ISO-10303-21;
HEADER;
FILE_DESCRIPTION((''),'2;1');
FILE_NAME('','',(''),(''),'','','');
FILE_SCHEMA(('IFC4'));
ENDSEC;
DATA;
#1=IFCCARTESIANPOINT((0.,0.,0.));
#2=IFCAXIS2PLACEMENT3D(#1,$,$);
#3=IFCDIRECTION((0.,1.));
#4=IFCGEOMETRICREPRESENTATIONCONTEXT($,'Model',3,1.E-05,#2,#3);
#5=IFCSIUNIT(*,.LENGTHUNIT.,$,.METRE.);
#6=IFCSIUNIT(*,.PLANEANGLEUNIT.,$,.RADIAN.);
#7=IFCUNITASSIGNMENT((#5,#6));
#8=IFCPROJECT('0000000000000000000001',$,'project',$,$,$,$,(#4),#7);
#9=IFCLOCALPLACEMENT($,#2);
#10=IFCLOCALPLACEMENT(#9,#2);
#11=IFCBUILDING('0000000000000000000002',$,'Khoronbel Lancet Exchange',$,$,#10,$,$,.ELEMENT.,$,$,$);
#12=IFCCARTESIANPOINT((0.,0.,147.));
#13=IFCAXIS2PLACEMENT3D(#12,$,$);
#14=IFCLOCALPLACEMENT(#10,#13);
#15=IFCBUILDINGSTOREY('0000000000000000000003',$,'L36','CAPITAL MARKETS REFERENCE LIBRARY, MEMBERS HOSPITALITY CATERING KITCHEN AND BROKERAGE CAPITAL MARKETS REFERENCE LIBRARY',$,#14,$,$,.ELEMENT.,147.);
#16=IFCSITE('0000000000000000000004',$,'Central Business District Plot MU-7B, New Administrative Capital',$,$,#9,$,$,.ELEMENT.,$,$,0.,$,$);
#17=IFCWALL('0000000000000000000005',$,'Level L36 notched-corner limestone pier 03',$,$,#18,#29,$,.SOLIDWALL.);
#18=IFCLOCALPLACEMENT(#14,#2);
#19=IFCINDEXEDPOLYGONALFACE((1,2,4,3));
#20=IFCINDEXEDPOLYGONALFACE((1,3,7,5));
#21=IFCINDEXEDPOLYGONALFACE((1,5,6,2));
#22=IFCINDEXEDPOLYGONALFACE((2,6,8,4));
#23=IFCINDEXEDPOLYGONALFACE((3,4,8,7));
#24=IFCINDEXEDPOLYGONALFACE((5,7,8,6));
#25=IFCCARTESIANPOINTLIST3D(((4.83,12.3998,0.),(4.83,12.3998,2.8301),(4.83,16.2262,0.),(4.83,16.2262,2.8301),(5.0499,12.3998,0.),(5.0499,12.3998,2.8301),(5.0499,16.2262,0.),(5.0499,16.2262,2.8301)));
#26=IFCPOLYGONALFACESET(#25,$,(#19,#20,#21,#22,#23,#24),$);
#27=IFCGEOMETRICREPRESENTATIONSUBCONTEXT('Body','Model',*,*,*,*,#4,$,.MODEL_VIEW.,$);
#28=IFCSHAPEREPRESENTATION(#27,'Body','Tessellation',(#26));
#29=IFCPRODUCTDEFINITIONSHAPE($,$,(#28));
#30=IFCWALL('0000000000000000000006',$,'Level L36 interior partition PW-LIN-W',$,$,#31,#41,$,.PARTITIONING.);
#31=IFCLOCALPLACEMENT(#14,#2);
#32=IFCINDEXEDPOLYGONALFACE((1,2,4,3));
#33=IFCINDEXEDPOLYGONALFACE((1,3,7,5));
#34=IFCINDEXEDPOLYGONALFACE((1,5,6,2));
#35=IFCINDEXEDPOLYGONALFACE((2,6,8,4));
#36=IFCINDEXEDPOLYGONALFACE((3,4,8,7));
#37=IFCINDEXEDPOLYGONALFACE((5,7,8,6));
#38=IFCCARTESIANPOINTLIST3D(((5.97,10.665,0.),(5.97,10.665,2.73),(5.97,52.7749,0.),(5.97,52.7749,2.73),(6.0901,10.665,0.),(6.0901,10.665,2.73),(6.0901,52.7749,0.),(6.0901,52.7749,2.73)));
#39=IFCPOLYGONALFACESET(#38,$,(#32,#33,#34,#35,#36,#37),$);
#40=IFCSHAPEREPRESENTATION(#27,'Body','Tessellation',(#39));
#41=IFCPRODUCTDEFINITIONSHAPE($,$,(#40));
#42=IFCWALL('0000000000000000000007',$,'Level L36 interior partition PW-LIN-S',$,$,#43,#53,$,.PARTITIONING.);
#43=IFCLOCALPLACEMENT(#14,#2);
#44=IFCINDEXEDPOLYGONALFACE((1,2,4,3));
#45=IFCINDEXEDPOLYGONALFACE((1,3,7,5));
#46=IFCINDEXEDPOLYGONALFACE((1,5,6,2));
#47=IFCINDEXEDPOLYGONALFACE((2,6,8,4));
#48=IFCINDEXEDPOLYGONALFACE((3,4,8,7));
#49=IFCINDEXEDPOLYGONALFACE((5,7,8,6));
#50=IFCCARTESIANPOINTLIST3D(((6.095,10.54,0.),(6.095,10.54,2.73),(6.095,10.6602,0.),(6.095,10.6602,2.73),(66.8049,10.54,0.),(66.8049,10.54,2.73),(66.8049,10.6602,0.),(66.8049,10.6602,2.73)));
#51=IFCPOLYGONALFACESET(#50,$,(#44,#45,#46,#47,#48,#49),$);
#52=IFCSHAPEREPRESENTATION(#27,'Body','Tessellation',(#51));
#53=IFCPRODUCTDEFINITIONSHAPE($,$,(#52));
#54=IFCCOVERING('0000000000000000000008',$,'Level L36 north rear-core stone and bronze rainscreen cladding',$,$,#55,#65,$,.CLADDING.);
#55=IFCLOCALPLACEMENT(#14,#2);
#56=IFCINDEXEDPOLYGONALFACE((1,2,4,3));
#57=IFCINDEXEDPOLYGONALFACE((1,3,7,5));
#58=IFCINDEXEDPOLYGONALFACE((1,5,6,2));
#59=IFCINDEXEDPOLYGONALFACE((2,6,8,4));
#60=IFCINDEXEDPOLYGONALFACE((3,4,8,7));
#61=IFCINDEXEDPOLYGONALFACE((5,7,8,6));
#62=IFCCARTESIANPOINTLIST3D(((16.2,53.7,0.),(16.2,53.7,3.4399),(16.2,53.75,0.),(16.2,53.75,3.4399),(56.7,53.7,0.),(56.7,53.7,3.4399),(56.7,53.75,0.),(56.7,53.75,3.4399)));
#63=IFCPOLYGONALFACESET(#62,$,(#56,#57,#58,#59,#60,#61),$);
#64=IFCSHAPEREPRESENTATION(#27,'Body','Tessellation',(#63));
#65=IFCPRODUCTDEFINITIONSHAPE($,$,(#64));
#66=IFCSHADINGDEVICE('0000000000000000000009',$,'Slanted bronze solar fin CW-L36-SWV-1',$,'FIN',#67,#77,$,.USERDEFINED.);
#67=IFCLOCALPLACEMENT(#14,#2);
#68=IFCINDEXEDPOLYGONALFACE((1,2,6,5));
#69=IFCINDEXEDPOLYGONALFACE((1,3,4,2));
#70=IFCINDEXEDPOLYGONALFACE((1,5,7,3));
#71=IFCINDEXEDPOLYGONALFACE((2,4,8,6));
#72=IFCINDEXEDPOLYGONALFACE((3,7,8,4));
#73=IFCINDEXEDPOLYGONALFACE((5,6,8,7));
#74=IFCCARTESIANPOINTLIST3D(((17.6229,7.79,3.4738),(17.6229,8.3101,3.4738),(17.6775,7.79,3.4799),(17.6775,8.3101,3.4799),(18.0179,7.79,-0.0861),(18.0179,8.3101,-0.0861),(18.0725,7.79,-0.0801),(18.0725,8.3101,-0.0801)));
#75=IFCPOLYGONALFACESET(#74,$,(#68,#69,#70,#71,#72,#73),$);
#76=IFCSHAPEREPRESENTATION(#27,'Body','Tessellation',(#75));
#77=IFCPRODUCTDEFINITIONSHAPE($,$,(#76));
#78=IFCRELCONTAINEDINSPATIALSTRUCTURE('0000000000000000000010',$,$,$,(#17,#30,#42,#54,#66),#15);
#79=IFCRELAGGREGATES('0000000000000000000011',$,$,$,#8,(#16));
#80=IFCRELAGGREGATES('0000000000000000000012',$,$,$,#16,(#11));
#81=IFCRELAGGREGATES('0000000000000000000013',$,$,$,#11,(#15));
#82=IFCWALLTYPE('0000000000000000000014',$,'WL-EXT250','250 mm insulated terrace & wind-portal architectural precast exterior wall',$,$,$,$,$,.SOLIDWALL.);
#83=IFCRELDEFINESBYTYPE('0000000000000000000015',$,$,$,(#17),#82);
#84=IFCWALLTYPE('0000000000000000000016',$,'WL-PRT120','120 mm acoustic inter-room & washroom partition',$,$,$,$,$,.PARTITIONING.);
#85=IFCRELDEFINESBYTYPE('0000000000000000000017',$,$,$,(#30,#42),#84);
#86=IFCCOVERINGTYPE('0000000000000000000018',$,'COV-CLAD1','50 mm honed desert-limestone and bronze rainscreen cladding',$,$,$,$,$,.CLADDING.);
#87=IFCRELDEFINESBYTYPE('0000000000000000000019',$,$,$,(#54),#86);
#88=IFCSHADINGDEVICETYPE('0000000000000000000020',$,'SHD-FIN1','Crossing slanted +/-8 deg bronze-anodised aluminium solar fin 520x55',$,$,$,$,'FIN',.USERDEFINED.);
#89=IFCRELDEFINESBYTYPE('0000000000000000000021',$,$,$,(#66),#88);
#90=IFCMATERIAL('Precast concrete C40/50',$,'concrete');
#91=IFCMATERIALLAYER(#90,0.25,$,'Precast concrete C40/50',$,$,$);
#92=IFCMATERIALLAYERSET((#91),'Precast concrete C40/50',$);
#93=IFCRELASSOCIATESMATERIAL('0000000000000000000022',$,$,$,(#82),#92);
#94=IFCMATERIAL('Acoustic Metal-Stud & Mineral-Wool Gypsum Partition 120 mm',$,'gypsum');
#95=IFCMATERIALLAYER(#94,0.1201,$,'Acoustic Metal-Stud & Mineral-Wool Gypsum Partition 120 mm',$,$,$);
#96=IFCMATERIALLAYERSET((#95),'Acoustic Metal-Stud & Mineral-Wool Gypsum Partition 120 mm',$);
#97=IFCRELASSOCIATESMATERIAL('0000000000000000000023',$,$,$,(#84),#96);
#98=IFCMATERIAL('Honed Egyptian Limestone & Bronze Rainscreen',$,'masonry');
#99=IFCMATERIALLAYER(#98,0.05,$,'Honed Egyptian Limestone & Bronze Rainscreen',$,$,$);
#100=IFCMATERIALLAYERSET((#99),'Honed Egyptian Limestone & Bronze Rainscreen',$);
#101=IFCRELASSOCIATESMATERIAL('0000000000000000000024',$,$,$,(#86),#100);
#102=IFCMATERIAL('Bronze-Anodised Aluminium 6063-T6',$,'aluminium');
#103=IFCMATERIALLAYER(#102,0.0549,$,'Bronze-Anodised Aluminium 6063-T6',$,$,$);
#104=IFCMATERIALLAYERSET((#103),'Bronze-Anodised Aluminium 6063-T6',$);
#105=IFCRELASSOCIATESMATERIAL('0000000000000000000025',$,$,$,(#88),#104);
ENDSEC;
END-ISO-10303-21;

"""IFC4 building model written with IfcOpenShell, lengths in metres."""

from ifc_helpers import new_model, si_unit, direction, frame, frame_2d, origin, place, context, subcontext, project, spatial, polyline, rectangle, outline, extrude, material, layer, layer_set, type_object, element, save


model = new_model("IFC4")

# Units and contexts
model_context = context("Model", 3, precision=1e-05, world=origin(), true_north=direction((0.0, 1.0)))
body_context = subcontext(model_context, "Body", "Model", "MODEL_VIEW")
ifc_project = project(units=[si_unit("LENGTHUNIT", "METRE"), si_unit("PLANEANGLEUNIT", "RADIAN")], contexts=[model_context])

# Site, building, storey
site_placement = place(None, origin())
site = spatial("IfcSite", under=ifc_project, at=site_placement, Name="Central Business District Plot MU-7B, New Administrative Capital", CompositionType="ELEMENT", RefElevation=0.0)
building_placement = place(site_placement, origin())
building = spatial("IfcBuilding", under=site, at=building_placement, Name="Khoronbel Lancet Exchange", CompositionType="ELEMENT")
storey_placement = place(building_placement, frame((0.0, 0.0, 147.0)))
storey = spatial("IfcBuildingStorey", under=building, at=storey_placement, Name="L36", Description="CAPITAL MARKETS REFERENCE LIBRARY, MEMBERS HOSPITALITY CATERING KITCHEN AND BROKERAGE CAPITAL MARKETS REFERENCE LIBRARY", CompositionType="ELEMENT", Elevation=147.0)

# Shared definitions
ifc_material_1 = material(Name="Bronze-Anodised Aluminium 6063-T6", Category="aluminium")

# Walls
ifc_material_2 = material(Name="Precast concrete C40/50", Category="concrete")
ifc_layer_1 = layer(ifc_material_2, 0.25, Name="Precast concrete C40/50")
ifc_layer_set_1 = layer_set([ifc_layer_1], Name="Precast concrete C40/50")
wall_type_1 = type_object("IfcWallType", Name="WL-EXT250", Description="250 mm insulated terrace & wind-portal architectural precast exterior wall", PredefinedType="SOLIDWALL", material=ifc_layer_set_1)
wall_1_placement = place(storey_placement, frame((4.9399, 12.3999, 0.0), z_axis=(0.0, 0.0, 1.0), x_axis=(0.0, 1.0, 0.0)))
element("IfcWall", 1, at=wall_1_placement, inside=storey, type_object=wall_type_1, Name="Level L36 notched-corner limestone pier 03", PredefinedType="SOLIDWALL", context=body_context, shape_type="SweptSolid", body=[
    extrude(rectangle(XDim=3.8264, YDim=0.22, at=frame_2d((1.9131, 0.0))), origin(), (0.0, 0.0, 1.0), 2.8301),
])
ifc_material_3 = material(Name="Acoustic Metal-Stud & Mineral-Wool Gypsum Partition 120 mm", Category="gypsum")
ifc_layer_2 = layer(ifc_material_3, 0.1201, Name="Acoustic Metal-Stud & Mineral-Wool Gypsum Partition 120 mm")
ifc_layer_set_2 = layer_set([ifc_layer_2], Name="Acoustic Metal-Stud & Mineral-Wool Gypsum Partition 120 mm")
wall_type_2 = type_object("IfcWallType", Name="WL-PRT120", Description="120 mm acoustic inter-room & washroom partition", PredefinedType="PARTITIONING", material=ifc_layer_set_2)
wall_2_placement = place(storey_placement, frame((6.03, 10.665, 0.0), z_axis=(0.0, 0.0, 1.0), x_axis=(0.0, 1.0, 0.0)))
element("IfcWall", 2, at=wall_2_placement, inside=storey, type_object=wall_type_2, Name="Level L36 interior partition PW-LIN-W", PredefinedType="PARTITIONING", context=body_context, shape_type="SweptSolid", body=[
    extrude(rectangle(XDim=42.1099, YDim=0.1201, at=frame_2d((21.0549, 0.0))), origin(), (0.0, 0.0, 1.0), 2.73),
])
wall_3_placement = place(storey_placement, frame((6.095, 10.6001, 0.0), z_axis=(0.0, 0.0, 1.0), x_axis=(1.0, 0.0, 0.0)))
element("IfcWall", 3, at=wall_3_placement, inside=storey, type_object=wall_type_2, Name="Level L36 interior partition PW-LIN-S", PredefinedType="PARTITIONING", context=body_context, shape_type="SweptSolid", body=[
    extrude(rectangle(XDim=60.71, YDim=0.1201, at=frame_2d((30.355, 0.0))), origin(), (0.0, 0.0, 1.0), 2.73),
])

# Covering
ifc_material_4 = material(Name="Honed Egyptian Limestone & Bronze Rainscreen", Category="masonry")
ifc_layer_3 = layer(ifc_material_4, 0.05, Name="Honed Egyptian Limestone & Bronze Rainscreen")
ifc_layer_set_3 = layer_set([ifc_layer_3], Name="Honed Egyptian Limestone & Bronze Rainscreen")
covering_type = type_object("IfcCoveringType", Name="COV-CLAD1", Description="50 mm honed desert-limestone and bronze rainscreen cladding", PredefinedType="CLADDING", material=ifc_layer_set_3)
covering_placement = place(storey_placement, origin())
element("IfcCovering", 4, at=covering_placement, inside=storey, type_object=covering_type, Name="Level L36 north rear-core stone and bronze rainscreen cladding", PredefinedType="CLADDING", context=body_context, shape_type="SweptSolid", body=[
    extrude(outline(polyline([(16.2, 53.7), (56.7, 53.7), (56.7, 53.75), (16.2, 53.75), (16.2, 53.7)])), origin(), (0.0, 0.0, 1.0), 3.4399),
])

# Shading device
ifc_layer_4 = layer(ifc_material_1, 0.0549, Name="Bronze-Anodised Aluminium 6063-T6")
ifc_layer_set_4 = layer_set([ifc_layer_4], Name="Bronze-Anodised Aluminium 6063-T6")
shading_device_type = type_object("IfcShadingDeviceType", Name="SHD-FIN1", Description="Crossing slanted +/-8 deg bronze-anodised aluminium solar fin 520x55", ElementType="FIN", PredefinedType="USERDEFINED", material=ifc_layer_set_4)
shading_device_placement = place(storey_placement, frame((18.0725, 8.3101, -0.0801), z_axis=(0.9939, 0.0, 0.110282), x_axis=(0.0, -1.0, 0.0)))
element("IfcShadingDevice", 5, at=shading_device_placement, inside=storey, type_object=shading_device_type, Name="Slanted bronze solar fin CW-L36-SWV-1", ObjectType="FIN", PredefinedType="USERDEFINED", context=body_context, shape_type="SweptSolid", body=[
    extrude(outline(polyline([(0.0, 0.0), (0.52, 0.0), (0.52, -3.5818), (0.0, -3.5818), (0.0, 0.0)])), origin(), (0.0, 0.0, -1.0), 0.0549),
])

save(model, "model.ifc")
